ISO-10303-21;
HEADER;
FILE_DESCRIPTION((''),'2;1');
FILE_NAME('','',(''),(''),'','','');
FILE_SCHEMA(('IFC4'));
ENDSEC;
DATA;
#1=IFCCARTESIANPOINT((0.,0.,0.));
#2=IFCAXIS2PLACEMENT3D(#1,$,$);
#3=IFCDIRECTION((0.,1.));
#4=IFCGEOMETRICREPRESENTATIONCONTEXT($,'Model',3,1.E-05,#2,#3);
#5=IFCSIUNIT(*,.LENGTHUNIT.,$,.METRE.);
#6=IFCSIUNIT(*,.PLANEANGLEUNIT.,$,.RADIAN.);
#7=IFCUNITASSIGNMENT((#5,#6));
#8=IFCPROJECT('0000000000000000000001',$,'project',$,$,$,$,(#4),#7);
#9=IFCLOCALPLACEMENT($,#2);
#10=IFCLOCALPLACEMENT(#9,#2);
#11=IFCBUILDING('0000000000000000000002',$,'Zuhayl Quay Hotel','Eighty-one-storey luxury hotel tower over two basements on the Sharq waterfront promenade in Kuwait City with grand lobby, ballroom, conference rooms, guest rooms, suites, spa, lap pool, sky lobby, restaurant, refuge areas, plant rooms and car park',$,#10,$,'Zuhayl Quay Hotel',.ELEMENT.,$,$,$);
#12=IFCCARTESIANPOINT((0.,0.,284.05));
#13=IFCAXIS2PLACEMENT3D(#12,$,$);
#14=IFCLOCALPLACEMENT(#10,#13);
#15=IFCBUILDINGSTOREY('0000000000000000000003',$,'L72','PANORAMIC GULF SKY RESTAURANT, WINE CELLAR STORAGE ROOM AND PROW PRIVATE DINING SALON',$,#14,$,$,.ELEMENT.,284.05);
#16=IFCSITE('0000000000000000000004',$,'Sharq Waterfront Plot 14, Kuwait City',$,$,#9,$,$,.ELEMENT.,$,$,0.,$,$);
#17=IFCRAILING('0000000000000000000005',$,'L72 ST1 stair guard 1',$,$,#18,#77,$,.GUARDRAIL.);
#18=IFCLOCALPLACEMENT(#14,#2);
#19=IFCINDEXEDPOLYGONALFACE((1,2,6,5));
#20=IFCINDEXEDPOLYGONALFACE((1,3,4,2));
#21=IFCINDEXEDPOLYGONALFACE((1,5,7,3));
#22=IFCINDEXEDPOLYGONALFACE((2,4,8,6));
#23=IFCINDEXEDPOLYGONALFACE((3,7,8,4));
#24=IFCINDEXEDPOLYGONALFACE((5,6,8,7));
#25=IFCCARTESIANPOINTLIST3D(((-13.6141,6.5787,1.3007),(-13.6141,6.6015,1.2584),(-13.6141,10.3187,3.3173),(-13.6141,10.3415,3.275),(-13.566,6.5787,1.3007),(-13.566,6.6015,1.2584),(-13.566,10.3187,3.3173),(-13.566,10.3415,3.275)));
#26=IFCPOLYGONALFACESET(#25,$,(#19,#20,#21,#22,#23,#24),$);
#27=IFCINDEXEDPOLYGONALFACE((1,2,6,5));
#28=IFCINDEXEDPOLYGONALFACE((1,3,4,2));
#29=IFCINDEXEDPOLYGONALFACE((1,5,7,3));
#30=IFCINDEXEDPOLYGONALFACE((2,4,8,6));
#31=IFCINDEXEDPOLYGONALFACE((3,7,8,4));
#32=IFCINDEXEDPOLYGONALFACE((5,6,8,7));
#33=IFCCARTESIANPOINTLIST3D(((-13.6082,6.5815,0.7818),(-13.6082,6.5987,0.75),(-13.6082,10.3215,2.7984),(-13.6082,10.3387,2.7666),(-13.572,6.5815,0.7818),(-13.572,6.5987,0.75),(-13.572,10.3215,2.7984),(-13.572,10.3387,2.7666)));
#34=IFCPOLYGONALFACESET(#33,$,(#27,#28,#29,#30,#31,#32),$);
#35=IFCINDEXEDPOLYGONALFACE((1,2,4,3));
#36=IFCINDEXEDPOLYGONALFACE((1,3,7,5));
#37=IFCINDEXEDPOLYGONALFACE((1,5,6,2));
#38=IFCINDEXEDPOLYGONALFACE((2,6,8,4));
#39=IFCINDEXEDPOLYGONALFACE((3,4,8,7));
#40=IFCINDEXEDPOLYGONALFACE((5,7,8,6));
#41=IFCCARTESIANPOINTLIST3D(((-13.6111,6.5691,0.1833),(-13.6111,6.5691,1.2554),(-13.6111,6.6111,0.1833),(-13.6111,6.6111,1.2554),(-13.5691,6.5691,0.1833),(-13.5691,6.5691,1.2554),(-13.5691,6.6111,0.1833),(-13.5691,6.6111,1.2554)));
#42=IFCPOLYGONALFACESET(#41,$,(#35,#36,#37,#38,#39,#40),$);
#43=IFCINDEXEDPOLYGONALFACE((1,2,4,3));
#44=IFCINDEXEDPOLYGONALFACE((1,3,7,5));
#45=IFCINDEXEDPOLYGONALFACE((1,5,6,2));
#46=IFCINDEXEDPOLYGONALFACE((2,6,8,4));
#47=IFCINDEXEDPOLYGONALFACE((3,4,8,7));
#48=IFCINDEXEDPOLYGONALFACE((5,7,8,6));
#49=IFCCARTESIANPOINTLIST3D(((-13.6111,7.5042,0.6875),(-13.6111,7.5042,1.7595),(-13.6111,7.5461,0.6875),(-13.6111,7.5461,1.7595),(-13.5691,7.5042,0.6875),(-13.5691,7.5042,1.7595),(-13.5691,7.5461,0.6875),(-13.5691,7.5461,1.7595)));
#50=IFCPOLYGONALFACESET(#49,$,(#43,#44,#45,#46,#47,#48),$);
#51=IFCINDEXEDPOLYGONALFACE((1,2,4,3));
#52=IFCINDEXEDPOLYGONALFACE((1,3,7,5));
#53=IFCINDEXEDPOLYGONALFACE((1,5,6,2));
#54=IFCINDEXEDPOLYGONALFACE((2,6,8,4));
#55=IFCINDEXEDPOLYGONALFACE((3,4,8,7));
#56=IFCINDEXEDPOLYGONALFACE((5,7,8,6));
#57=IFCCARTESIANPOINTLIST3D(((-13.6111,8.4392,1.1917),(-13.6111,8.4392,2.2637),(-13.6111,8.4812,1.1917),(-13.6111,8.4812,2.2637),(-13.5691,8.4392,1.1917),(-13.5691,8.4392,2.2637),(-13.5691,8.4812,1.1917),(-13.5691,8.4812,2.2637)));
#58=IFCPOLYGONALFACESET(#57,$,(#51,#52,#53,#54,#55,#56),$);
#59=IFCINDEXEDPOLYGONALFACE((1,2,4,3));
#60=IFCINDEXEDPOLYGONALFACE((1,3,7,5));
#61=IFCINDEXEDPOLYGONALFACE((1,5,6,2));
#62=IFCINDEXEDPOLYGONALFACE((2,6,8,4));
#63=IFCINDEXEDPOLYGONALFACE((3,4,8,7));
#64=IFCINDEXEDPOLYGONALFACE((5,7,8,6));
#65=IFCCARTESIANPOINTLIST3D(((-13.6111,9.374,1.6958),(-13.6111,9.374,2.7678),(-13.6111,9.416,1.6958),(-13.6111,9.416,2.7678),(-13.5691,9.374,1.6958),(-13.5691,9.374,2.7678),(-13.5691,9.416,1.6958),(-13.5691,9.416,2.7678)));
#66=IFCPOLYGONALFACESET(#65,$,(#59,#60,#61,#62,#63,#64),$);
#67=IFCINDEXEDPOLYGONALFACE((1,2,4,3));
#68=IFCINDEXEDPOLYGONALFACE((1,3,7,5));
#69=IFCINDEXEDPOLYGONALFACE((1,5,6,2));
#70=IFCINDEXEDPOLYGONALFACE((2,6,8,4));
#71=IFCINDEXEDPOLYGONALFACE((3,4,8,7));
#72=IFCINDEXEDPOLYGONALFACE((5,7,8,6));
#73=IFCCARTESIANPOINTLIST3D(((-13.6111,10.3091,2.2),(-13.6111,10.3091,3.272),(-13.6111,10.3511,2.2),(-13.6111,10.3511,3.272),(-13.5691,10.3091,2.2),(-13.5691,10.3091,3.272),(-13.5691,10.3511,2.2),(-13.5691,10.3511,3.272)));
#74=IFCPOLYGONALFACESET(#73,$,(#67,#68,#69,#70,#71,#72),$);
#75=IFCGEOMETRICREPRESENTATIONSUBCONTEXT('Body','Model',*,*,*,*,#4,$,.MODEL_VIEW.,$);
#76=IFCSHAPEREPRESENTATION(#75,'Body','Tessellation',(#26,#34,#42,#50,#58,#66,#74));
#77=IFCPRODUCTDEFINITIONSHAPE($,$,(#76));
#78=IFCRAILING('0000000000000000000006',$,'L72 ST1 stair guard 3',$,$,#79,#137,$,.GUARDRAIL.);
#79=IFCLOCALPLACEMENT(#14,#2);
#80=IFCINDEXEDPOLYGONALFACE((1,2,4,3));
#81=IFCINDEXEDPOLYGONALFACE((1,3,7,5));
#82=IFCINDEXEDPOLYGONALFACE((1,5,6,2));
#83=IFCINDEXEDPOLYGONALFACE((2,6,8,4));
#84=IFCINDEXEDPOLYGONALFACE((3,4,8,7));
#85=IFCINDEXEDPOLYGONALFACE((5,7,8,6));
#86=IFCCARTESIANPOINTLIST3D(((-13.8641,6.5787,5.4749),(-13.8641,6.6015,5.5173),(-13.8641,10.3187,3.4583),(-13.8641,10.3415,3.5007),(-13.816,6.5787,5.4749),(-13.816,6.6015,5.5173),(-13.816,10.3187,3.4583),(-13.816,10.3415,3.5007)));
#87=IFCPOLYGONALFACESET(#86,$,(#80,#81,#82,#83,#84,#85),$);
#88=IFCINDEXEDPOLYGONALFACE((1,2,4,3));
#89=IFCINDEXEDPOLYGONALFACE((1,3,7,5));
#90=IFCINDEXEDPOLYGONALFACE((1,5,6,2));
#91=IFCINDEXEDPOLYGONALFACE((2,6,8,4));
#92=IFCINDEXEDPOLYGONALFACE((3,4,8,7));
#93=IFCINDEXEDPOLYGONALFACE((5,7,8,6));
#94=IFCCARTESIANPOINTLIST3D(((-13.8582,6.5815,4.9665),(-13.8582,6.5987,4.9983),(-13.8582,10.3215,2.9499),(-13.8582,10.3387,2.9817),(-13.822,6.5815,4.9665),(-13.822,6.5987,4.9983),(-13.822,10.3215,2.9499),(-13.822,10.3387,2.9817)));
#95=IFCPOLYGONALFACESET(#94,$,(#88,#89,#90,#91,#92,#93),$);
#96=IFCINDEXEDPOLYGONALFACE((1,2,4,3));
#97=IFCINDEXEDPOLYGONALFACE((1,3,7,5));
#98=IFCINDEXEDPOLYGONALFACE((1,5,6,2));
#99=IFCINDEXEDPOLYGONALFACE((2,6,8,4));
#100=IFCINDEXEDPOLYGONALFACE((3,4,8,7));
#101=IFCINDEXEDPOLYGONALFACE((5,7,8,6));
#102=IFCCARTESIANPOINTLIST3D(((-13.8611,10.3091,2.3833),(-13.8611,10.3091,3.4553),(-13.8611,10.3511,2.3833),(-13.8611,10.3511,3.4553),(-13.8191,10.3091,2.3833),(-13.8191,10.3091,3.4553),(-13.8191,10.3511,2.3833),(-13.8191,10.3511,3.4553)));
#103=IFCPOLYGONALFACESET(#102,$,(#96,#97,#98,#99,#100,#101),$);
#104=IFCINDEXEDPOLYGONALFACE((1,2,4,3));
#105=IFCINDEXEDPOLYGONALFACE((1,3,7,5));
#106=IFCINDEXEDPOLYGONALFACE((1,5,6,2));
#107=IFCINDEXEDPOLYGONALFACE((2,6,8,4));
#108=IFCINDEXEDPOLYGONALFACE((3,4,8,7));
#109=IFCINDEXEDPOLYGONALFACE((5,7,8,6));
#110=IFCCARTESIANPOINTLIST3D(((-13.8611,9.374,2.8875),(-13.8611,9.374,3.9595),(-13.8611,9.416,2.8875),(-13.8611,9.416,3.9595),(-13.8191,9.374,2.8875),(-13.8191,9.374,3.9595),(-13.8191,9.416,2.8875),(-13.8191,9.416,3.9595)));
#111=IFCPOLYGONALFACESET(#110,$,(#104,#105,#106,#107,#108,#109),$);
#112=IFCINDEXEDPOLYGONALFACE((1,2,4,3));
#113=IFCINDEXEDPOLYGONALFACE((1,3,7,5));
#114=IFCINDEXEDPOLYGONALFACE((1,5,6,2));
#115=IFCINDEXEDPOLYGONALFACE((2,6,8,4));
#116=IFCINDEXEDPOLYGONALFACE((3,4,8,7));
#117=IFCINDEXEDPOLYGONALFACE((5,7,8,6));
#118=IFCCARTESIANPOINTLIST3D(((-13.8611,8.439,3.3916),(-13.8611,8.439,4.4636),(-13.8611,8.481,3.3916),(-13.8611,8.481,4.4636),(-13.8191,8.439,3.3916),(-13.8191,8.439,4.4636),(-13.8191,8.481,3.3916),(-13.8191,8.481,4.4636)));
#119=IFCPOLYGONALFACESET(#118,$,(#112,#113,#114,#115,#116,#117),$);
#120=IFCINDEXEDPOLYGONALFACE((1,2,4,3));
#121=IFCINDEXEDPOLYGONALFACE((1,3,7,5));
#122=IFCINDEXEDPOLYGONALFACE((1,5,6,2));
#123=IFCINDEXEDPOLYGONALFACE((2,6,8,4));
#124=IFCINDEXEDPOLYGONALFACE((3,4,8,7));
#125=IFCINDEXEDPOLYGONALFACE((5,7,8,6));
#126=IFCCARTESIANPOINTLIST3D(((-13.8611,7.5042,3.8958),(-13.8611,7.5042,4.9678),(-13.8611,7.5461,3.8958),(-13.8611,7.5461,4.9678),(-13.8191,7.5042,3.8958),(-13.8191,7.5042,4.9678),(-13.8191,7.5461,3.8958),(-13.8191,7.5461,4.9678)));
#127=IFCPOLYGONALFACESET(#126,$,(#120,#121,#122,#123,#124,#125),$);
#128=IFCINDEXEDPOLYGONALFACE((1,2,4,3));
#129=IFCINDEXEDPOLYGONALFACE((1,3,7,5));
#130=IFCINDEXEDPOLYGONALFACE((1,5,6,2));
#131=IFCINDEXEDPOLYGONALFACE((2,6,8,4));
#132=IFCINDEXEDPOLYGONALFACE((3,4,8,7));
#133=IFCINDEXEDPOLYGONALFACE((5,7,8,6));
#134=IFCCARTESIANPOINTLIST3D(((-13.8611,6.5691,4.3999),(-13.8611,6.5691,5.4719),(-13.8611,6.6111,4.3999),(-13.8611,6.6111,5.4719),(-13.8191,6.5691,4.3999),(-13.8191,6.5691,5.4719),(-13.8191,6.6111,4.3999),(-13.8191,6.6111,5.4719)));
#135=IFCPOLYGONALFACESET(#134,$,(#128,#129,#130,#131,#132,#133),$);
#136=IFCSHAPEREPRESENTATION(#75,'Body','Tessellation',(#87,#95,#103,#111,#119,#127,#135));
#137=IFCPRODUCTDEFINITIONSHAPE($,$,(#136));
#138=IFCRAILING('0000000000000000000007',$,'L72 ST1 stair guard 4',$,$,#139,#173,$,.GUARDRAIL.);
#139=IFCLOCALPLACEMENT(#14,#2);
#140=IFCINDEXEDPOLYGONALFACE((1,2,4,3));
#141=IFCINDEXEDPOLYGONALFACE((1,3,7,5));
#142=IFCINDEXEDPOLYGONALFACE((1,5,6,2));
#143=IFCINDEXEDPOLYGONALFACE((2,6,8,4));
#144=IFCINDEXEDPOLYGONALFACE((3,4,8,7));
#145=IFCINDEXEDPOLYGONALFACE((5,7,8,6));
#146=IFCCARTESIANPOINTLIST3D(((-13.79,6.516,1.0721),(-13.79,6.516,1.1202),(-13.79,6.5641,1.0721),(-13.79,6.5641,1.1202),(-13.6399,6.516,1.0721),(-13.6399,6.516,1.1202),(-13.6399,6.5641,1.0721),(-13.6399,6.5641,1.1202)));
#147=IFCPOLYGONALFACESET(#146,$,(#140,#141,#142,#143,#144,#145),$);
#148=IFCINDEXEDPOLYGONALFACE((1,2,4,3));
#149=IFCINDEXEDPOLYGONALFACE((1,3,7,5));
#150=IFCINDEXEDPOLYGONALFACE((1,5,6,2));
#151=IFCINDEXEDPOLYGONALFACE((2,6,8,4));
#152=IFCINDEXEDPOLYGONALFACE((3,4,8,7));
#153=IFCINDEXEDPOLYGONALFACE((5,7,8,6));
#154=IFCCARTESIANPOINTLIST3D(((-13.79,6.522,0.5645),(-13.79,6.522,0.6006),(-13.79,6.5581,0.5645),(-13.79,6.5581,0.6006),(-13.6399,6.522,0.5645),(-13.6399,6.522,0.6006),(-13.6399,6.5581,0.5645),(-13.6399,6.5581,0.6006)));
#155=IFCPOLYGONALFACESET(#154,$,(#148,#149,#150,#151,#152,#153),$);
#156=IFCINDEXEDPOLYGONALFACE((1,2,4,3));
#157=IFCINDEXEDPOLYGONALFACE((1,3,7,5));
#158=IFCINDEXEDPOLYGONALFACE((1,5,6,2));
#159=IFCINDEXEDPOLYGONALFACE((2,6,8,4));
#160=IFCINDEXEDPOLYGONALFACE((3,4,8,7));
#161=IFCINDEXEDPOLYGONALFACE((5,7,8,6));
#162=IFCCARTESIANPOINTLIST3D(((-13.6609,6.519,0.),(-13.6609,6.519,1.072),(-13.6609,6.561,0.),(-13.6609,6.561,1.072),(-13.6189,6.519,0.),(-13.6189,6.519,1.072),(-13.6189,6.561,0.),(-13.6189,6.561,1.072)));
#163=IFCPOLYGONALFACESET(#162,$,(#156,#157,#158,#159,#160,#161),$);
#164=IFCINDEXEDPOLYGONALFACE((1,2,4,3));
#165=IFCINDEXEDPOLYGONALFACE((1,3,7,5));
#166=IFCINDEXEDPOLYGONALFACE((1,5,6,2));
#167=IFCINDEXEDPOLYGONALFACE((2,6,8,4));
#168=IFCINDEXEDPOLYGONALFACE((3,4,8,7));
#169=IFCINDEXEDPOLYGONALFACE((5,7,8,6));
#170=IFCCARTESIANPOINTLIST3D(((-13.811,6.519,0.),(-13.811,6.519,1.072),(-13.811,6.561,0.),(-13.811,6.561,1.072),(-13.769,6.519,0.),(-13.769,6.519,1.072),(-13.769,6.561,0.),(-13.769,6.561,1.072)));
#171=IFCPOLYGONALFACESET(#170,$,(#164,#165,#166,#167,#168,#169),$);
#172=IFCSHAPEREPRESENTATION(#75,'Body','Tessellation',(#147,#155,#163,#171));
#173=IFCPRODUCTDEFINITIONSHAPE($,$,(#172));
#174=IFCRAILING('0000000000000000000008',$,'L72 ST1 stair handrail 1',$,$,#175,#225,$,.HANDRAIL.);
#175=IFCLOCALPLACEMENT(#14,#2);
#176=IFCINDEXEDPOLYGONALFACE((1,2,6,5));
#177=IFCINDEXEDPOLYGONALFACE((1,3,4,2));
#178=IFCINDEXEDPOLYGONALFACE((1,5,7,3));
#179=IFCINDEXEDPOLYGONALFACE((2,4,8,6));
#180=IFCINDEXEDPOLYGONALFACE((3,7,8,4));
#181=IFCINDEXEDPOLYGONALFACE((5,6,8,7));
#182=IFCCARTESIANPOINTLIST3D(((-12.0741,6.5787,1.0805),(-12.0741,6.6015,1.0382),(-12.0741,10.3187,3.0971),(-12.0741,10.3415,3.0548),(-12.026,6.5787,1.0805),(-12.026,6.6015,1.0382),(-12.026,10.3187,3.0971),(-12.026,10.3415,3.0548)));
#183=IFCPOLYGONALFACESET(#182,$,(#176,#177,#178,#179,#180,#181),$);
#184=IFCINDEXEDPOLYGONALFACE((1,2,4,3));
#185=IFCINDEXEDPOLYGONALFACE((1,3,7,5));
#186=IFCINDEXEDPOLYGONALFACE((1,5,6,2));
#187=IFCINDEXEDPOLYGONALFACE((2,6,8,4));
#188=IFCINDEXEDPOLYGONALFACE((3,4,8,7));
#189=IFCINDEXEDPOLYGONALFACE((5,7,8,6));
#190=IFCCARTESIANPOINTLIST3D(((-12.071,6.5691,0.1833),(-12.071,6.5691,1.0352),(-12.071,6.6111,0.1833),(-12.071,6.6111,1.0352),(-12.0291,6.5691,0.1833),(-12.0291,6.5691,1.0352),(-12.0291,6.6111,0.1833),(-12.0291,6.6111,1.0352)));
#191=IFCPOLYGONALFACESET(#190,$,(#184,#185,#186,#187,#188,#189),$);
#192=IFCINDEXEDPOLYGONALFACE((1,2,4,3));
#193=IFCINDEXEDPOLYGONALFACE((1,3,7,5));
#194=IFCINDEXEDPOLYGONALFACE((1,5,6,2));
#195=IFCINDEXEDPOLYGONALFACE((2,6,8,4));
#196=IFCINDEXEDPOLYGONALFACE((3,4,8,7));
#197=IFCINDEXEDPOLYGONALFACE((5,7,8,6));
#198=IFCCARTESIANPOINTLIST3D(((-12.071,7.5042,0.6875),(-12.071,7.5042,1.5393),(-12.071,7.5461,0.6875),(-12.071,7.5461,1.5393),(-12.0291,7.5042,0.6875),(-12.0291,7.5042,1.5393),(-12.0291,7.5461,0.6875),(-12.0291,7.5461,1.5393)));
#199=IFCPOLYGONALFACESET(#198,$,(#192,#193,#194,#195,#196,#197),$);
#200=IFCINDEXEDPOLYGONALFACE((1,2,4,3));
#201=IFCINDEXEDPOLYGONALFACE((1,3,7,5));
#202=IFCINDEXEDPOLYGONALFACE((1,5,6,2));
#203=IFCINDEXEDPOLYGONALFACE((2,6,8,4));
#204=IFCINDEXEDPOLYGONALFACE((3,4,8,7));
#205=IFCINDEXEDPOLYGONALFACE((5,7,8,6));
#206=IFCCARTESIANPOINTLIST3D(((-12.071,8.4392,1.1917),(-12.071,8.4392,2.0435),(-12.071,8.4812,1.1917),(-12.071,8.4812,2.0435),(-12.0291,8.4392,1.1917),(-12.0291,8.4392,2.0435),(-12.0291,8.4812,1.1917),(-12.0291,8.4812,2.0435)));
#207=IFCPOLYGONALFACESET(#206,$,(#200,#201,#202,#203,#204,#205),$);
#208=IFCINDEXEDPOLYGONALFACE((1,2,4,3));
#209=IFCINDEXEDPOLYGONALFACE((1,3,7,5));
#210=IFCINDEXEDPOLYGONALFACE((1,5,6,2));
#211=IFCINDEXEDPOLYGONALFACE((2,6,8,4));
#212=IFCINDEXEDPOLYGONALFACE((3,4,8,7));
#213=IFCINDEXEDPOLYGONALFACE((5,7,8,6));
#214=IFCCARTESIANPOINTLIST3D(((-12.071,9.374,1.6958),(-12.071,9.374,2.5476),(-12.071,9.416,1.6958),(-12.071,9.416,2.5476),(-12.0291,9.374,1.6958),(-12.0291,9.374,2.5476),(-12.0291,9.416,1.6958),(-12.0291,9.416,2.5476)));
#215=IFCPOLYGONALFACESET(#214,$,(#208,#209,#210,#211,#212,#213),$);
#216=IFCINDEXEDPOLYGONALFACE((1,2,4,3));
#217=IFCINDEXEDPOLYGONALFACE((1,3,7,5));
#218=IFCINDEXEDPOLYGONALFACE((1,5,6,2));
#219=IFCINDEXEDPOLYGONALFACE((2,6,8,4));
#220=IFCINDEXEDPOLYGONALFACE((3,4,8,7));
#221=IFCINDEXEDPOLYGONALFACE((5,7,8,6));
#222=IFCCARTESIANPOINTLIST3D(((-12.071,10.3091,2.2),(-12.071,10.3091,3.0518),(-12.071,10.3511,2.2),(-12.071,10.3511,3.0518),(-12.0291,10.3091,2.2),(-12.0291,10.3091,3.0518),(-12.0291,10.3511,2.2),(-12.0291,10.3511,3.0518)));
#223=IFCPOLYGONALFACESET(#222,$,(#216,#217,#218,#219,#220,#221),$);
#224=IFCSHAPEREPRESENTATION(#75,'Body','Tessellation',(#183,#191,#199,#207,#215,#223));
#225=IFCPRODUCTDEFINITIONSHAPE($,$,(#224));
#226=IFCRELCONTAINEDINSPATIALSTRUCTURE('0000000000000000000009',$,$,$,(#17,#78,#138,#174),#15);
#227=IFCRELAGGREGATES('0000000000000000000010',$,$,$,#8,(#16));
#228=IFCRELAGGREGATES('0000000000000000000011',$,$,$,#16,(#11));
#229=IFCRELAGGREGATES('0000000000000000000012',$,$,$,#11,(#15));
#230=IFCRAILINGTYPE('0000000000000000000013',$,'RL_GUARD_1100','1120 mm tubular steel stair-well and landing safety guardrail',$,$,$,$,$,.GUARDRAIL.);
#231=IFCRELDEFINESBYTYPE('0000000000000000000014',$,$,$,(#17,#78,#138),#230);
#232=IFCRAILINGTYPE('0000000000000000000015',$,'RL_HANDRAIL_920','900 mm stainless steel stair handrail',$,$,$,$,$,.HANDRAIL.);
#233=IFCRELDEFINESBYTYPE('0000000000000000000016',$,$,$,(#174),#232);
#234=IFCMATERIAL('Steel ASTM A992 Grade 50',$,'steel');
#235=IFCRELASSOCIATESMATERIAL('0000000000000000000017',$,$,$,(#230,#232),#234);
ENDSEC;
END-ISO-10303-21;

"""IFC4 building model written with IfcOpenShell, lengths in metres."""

from ifc_helpers import new_model, si_unit, direction, frame, origin, origin_2d, place, context, subcontext, project, spatial, rectangle, extrude, material, type_object, element, save


model = new_model("IFC4")

# Units and contexts
model_context = context("Model", 3, precision=1e-05, world=origin(), true_north=direction((0.0, 1.0)))
body_context = subcontext(model_context, "Body", "Model", "MODEL_VIEW")
ifc_project = project(units=[si_unit("LENGTHUNIT", "METRE"), si_unit("PLANEANGLEUNIT", "RADIAN")], contexts=[model_context])

# Site, building, storey
site_placement = place(None, origin())
site = spatial("IfcSite", under=ifc_project, at=site_placement, Name="Sharq Waterfront Plot 14, Kuwait City", CompositionType="ELEMENT", RefElevation=0.0)
building_placement = place(site_placement, origin())
building = spatial("IfcBuilding", under=site, at=building_placement, Name="Zuhayl Quay Hotel", Description="Eighty-one-storey luxury hotel tower over two basements on the Sharq waterfront promenade in Kuwait City with grand lobby, ballroom, conference rooms, guest rooms, suites, spa, lap pool, sky lobby, restaurant, refuge areas, plant rooms and car park", LongName="Zuhayl Quay Hotel", CompositionType="ELEMENT")
storey_placement = place(building_placement, frame((0.0, 0.0, 284.05)))
storey = spatial("IfcBuildingStorey", under=building, at=storey_placement, Name="L72", Description="PANORAMIC GULF SKY RESTAURANT, WINE CELLAR STORAGE ROOM AND PROW PRIVATE DINING SALON", CompositionType="ELEMENT", Elevation=284.05)

# Shared definitions
ifc_material_1 = material(Name="Steel ASTM A992 Grade 50", Category="steel")

# Railings
railing_type_1 = type_object("IfcRailingType", Name="RL_GUARD_1100", Description="1120 mm tubular steel stair-well and landing safety guardrail", PredefinedType="GUARDRAIL", material=ifc_material_1)
railing_1_placement = place(storey_placement, frame((-13.5901, 6.5901, 0.1833)))
element("IfcRailing", 1, at=railing_1_placement, inside=storey, type_object=railing_type_1, Name="L72 ST1 stair guard 1", PredefinedType="GUARDRAIL", context=body_context, shape_type="SweptSolid", body=[
    extrude(rectangle(XDim=0.0481, YDim=0.0481, at=origin_2d()), frame((0.0, 0.0, 1.0962), z_axis=(0.0, 0.8802, 0.474603), x_axis=(-1.0, 0.0, 0.0)), (0.0, 0.0, 1.0), 4.249),
    extrude(rectangle(XDim=0.0361, YDim=0.0361, at=origin_2d()), frame((0.0, 0.0, 0.5825), z_axis=(0.0, 0.8802, 0.474603), x_axis=(-1.0, 0.0, 0.0)), (0.0, 0.0, 1.0), 4.249),
    extrude(rectangle(XDim=0.042, YDim=0.042, at=origin_2d()), origin(), (0.0, 0.0, 1.0), 1.072),
    extrude(rectangle(XDim=0.042, YDim=0.042, at=origin_2d()), frame((0.0, 0.9351, 0.5042)), (0.0, 0.0, 1.0), 1.072),
    extrude(rectangle(XDim=0.042, YDim=0.042, at=origin_2d()), frame((0.0, 1.8701, 1.0083)), (0.0, 0.0, 1.0), 1.072),
    extrude(rectangle(XDim=0.042, YDim=0.042, at=origin_2d()), frame((0.0, 2.8049, 1.5125)), (0.0, 0.0, 1.0), 1.072),
    extrude(rectangle(XDim=0.042, YDim=0.042, at=origin_2d()), frame((0.0, 3.74, 2.0166)), (0.0, 0.0, 1.0), 1.072),
])
railing_2_placement = place(storey_placement, frame((-13.8401, 10.3301, 2.3833)))
element("IfcRailing", 2, at=railing_2_placement, inside=storey, type_object=railing_type_1, Name="L72 ST1 stair guard 3", PredefinedType="GUARDRAIL", context=body_context, shape_type="SweptSolid", body=[
    extrude(rectangle(XDim=0.0481, YDim=0.0481, at=origin_2d()), frame((0.0, 0.0, 1.0962), z_axis=(0.0, -0.8802, 0.474603), x_axis=(1.0, 0.0, 0.0)), (0.0, 0.0, 1.0), 4.249),
    extrude(rectangle(XDim=0.0361, YDim=0.0361, at=origin_2d()), frame((0.0, 0.0, 0.5825), z_axis=(0.0, -0.8802, 0.474603), x_axis=(1.0, 0.0, 0.0)), (0.0, 0.0, 1.0), 4.249),
    extrude(rectangle(XDim=0.042, YDim=0.042, at=origin_2d()), origin(), (0.0, 0.0, 1.0), 1.072),
    extrude(rectangle(XDim=0.042, YDim=0.042, at=origin_2d()), frame((0.0, -0.9351, 0.5042)), (0.0, 0.0, 1.0), 1.072),
    extrude(rectangle(XDim=0.042, YDim=0.042, at=origin_2d()), frame((0.0, -1.8701, 1.0083)), (0.0, 0.0, 1.0), 1.072),
    extrude(rectangle(XDim=0.042, YDim=0.042, at=origin_2d()), frame((0.0, -2.8049, 1.5125)), (0.0, 0.0, 1.0), 1.072),
    extrude(rectangle(XDim=0.042, YDim=0.042, at=origin_2d()), frame((0.0, -3.74, 2.0166)), (0.0, 0.0, 1.0), 1.072),
])
railing_3_placement = place(storey_placement, frame((-13.6399, 6.54, 0.0)))
element("IfcRailing", 3, at=railing_3_placement, inside=storey, type_object=railing_type_1, Name="L72 ST1 stair guard 4", PredefinedType="GUARDRAIL", context=body_context, shape_type="SweptSolid", body=[
    extrude(rectangle(XDim=0.0481, YDim=0.0481, at=origin_2d()), frame((0.0, 0.0, 1.0962), z_axis=(-1.0, 0.0, 0.0), x_axis=(0.0, -1.0, 0.0)), (0.0, 0.0, 1.0), 0.1501),
    extrude(rectangle(XDim=0.0361, YDim=0.0361, at=origin_2d()), frame((0.0, 0.0, 0.5825), z_axis=(-1.0, 0.0, 0.0), x_axis=(0.0, -1.0, 0.0)), (0.0, 0.0, 1.0), 0.1501),
    extrude(rectangle(XDim=0.042, YDim=0.042, at=origin_2d()), origin(), (0.0, 0.0, 1.0), 1.072),
    extrude(rectangle(XDim=0.042, YDim=0.042, at=origin_2d()), frame((-0.1501, 0.0, 0.0)), (0.0, 0.0, 1.0), 1.072),
])
railing_type_2 = type_object("IfcRailingType", Name="RL_HANDRAIL_920", Description="900 mm stainless steel stair handrail", PredefinedType="HANDRAIL", material=ifc_material_1)
railing_4_placement = place(storey_placement, frame((-12.05, 6.5901, 0.1833)))
element("IfcRailing", 4, at=railing_4_placement, inside=storey, type_object=railing_type_2, Name="L72 ST1 stair handrail 1", PredefinedType="HANDRAIL", context=body_context, shape_type="SweptSolid", body=[
    extrude(rectangle(XDim=0.0481, YDim=0.0481, at=origin_2d()), frame((0.0, 0.0, 0.876), z_axis=(0.0, 0.8802, 0.474603), x_axis=(-1.0, 0.0, 0.0)), (0.0, 0.0, 1.0), 4.249),
    extrude(rectangle(XDim=0.042, YDim=0.042, at=origin_2d()), origin(), (0.0, 0.0, 1.0), 0.8518),
    extrude(rectangle(XDim=0.042, YDim=0.042, at=origin_2d()), frame((0.0, 0.9351, 0.5042)), (0.0, 0.0, 1.0), 0.8518),
    extrude(rectangle(XDim=0.042, YDim=0.042, at=origin_2d()), frame((0.0, 1.8701, 1.0083)), (0.0, 0.0, 1.0), 0.8518),
    extrude(rectangle(XDim=0.042, YDim=0.042, at=origin_2d()), frame((0.0, 2.8049, 1.5125)), (0.0, 0.0, 1.0), 0.8518),
    extrude(rectangle(XDim=0.042, YDim=0.042, at=origin_2d()), frame((0.0, 3.74, 2.0166)), (0.0, 0.0, 1.0), 0.8518),
])

save(model, "model.ifc")
